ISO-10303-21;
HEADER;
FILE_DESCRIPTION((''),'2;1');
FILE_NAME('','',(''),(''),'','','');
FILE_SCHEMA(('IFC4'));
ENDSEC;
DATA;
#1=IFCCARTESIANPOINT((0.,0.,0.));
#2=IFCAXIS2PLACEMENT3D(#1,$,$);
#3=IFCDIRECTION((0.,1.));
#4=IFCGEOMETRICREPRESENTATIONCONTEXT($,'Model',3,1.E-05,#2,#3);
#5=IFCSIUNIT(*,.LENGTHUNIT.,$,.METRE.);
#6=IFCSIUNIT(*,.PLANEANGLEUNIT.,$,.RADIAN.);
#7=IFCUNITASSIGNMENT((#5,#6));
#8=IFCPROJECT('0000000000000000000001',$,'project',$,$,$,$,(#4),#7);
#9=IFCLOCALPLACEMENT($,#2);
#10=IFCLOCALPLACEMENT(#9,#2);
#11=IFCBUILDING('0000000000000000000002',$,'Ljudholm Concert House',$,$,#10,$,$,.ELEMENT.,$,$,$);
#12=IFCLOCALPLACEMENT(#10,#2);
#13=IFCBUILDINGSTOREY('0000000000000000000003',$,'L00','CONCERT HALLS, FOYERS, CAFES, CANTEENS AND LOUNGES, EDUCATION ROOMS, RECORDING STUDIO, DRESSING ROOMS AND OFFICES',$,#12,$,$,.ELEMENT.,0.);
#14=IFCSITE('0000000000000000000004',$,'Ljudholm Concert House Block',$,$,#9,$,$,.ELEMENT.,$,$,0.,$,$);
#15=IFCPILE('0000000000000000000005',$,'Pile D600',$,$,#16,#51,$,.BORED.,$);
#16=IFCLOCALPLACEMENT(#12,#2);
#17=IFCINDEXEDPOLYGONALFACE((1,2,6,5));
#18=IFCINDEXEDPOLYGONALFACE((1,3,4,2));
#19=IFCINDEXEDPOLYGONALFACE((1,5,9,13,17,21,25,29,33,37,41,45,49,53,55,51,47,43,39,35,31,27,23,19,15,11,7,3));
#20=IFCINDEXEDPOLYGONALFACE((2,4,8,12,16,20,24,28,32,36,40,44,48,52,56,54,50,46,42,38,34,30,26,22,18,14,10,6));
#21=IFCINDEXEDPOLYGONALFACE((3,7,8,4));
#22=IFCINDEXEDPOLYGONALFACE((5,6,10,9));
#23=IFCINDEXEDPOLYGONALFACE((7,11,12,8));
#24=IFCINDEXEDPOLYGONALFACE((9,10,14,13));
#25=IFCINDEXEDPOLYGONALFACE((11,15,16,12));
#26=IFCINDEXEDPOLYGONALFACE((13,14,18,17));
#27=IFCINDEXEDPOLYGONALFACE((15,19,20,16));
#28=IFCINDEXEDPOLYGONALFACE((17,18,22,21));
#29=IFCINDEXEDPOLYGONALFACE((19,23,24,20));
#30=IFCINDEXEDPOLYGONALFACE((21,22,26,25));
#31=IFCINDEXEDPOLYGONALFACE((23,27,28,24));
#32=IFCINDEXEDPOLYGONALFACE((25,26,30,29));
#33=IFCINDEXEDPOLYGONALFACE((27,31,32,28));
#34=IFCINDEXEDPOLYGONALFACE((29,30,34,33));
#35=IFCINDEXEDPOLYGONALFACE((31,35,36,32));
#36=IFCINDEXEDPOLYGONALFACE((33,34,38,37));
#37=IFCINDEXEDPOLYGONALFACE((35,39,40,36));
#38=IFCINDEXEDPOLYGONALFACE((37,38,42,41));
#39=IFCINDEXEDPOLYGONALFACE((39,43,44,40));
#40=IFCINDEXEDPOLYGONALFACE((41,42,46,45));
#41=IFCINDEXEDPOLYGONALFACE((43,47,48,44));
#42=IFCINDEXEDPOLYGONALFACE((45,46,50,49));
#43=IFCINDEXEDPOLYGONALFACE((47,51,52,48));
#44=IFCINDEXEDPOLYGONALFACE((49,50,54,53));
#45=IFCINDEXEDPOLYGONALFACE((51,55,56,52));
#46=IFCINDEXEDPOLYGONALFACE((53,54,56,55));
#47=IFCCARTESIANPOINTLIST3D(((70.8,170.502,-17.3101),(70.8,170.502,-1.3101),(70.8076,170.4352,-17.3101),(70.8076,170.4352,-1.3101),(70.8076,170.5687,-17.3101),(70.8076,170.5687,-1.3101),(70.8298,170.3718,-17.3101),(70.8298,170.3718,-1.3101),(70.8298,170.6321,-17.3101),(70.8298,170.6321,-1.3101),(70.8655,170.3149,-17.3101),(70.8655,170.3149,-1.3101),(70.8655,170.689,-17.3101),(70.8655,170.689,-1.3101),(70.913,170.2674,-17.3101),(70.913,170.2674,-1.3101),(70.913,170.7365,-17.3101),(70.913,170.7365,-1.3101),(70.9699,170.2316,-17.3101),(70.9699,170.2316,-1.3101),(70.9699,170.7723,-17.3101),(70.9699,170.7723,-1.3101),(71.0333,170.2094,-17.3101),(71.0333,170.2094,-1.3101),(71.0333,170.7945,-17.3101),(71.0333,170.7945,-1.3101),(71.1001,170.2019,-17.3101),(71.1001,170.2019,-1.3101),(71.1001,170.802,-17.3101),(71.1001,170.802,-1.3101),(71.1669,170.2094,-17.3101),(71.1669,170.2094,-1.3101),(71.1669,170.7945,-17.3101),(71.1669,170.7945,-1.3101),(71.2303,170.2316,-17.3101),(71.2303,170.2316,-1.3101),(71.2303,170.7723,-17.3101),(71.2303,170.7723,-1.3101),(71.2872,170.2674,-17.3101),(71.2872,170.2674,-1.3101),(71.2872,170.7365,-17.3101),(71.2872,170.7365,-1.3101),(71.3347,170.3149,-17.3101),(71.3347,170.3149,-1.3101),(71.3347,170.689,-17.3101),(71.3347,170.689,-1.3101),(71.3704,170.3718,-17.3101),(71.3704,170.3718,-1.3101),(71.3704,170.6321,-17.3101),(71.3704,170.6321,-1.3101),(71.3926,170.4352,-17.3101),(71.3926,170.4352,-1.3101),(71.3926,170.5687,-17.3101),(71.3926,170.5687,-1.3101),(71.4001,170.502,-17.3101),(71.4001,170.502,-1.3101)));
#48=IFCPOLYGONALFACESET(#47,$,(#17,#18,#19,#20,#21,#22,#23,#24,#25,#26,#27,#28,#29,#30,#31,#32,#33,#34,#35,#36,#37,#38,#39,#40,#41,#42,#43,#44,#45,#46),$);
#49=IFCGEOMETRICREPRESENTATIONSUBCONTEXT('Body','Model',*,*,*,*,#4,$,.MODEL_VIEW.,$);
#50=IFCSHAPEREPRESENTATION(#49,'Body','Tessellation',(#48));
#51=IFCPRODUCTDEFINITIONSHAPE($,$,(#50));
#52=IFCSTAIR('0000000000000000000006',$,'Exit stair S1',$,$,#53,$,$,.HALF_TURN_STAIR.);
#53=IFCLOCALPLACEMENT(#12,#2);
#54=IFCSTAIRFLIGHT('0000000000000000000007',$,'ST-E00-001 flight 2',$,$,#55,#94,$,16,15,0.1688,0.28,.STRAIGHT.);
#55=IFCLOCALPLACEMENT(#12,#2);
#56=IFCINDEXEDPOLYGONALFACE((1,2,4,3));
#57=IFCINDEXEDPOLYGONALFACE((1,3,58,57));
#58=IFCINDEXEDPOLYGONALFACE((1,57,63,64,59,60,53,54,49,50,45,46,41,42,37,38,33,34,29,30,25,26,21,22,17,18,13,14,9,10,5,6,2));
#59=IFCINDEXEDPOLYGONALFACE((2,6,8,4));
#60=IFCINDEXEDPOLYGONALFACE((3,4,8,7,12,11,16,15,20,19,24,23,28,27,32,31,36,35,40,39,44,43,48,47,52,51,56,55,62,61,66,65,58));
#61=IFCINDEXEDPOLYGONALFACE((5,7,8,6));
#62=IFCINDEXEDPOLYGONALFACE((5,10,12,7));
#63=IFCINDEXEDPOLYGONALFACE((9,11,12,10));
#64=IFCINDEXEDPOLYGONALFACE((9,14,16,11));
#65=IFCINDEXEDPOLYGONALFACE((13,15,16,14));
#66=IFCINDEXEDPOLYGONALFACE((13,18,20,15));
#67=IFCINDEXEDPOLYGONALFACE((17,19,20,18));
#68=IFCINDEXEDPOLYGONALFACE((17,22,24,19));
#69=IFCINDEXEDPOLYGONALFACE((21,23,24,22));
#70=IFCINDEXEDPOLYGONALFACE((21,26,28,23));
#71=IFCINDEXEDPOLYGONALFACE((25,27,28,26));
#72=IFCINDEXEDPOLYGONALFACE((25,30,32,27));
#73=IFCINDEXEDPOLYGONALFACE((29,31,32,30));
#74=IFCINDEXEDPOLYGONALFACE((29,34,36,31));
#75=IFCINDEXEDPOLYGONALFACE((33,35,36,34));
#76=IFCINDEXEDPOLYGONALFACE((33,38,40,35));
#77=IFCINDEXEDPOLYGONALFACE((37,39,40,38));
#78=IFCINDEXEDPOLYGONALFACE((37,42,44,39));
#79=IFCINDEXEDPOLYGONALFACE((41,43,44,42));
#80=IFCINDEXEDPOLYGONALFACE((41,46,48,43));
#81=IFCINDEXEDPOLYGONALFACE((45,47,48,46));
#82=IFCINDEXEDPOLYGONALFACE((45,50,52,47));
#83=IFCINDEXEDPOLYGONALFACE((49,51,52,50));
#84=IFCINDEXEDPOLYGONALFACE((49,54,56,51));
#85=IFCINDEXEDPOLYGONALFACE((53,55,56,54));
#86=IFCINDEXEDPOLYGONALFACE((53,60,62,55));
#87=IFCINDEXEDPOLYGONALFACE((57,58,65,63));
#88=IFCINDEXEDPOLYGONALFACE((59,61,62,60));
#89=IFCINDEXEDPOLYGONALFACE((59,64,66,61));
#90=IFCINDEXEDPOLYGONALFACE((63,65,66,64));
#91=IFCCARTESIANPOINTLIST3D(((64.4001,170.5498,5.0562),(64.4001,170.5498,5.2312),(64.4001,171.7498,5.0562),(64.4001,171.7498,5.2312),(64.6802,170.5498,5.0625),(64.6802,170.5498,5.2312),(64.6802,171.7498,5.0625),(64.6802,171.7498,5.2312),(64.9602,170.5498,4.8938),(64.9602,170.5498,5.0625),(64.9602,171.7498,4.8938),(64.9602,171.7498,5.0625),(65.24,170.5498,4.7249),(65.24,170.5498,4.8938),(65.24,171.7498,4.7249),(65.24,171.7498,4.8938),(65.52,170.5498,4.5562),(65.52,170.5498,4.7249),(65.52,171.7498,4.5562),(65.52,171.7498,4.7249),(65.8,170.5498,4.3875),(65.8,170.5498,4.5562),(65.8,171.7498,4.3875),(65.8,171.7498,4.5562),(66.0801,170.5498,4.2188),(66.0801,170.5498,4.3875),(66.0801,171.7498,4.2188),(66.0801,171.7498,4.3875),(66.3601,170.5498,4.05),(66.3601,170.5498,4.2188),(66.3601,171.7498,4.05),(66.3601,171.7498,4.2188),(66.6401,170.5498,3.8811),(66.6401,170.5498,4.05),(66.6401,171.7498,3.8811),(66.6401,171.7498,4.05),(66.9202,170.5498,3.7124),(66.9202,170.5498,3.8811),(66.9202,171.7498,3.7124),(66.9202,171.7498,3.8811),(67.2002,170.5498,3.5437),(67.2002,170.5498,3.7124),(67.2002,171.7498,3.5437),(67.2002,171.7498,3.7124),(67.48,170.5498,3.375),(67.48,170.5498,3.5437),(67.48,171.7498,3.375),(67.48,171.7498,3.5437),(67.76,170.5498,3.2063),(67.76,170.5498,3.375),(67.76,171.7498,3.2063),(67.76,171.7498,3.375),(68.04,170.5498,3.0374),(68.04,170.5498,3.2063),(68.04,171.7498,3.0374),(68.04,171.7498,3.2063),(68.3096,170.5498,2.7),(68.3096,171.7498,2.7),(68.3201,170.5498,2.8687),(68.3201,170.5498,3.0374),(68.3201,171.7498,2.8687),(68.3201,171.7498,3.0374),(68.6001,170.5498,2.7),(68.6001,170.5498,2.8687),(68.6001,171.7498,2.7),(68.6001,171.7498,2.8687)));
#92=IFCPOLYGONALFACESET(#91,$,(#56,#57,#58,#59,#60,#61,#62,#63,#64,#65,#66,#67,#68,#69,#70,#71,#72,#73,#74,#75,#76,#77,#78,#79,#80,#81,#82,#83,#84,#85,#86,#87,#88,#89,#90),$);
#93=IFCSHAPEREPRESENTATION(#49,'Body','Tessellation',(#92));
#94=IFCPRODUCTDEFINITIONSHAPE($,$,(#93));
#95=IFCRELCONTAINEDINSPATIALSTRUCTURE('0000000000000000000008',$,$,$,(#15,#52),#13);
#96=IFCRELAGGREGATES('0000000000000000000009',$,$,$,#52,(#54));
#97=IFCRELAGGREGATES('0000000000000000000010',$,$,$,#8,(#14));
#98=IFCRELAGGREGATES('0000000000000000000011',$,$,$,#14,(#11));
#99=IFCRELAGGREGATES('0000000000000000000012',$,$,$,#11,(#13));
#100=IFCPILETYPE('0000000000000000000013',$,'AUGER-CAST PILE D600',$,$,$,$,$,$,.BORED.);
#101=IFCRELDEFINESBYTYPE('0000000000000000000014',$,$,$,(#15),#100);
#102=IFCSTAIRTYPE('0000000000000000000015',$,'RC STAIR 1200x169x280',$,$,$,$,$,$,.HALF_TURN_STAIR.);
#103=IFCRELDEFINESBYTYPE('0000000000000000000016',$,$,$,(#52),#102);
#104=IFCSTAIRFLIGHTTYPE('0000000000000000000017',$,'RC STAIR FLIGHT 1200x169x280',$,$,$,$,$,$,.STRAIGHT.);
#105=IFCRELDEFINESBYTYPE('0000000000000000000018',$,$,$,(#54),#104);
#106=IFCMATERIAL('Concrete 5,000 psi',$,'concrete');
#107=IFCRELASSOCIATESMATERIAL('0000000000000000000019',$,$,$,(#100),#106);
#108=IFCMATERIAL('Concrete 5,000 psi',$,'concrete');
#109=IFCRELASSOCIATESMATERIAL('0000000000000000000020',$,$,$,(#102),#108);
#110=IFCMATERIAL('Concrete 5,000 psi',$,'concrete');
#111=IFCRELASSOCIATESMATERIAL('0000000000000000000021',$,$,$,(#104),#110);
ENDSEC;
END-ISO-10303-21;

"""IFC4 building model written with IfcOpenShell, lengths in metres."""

from ifc_helpers import new_model, si_unit, direction, frame, origin, origin_2d, place, context, subcontext, project, spatial, polyline, circle, outline, extrude, material, material_profile, profile_set, type_object, element, aggregate, save


model = new_model("IFC4")

# Units and contexts
model_context = context("Model", 3, precision=1e-05, world=origin(), true_north=direction((0.0, 1.0)))
body_context = subcontext(model_context, "Body", "Model", "MODEL_VIEW")
ifc_project = project(units=[si_unit("LENGTHUNIT", "METRE"), si_unit("PLANEANGLEUNIT", "RADIAN")], contexts=[model_context])

# Site, building, storey
site_placement = place(None, origin())
site = spatial("IfcSite", under=ifc_project, at=site_placement, Name="Ljudholm Concert House Block", CompositionType="ELEMENT", RefElevation=0.0)
building_placement = place(site_placement, origin())
building = spatial("IfcBuilding", under=site, at=building_placement, Name="Ljudholm Concert House", CompositionType="ELEMENT")
storey_placement = place(building_placement, origin())
storey = spatial("IfcBuildingStorey", under=building, at=storey_placement, Name="L00", Description="CONCERT HALLS, FOYERS, CAFES, CANTEENS AND LOUNGES, EDUCATION ROOMS, RECORDING STUDIO, DRESSING ROOMS AND OFFICES", CompositionType="ELEMENT", Elevation=0.0)

# Pile
ifc_material_1 = material(Name="Concrete 5,000 psi", Category="concrete")
ifc_material_profile = material_profile(ifc_material_1, circle(Radius=0.3, at=origin_2d()), Name="AUGER-CAST PILE D600")
ifc_profile_set = profile_set([ifc_material_profile], Name="Concrete 5,000 psi")
pile_type = type_object("IfcPileType", Name="AUGER-CAST PILE D600", PredefinedType="BORED", material=ifc_profile_set)
for number, where, z_axis, x_axis, name in (
    (1, (71.1001, 170.502, -1.3101), (0.0, 0.0, -1.0), (1.0, 0.0, 0.0), "Pile D600"),
):
    element("IfcPile", number, at=place(storey_placement, frame(where, z_axis=z_axis, x_axis=x_axis)), inside=storey, type_object=pile_type, Name=name, PredefinedType="BORED", context=body_context, shape_type="SweptSolid", body=[
        extrude(circle(Radius=0.3, at=origin_2d()), origin(), (0.0, 0.0, 1.0), 16.0),
    ])

# Stair, stair flight
ifc_material_2 = material(Name="Concrete 5,000 psi", Category="concrete")
stair_type = type_object("IfcStairType", Name="RC STAIR 1200x169x280", PredefinedType="HALF_TURN_STAIR", material=ifc_material_2)
stair_placement = place(storey_placement, origin())
stair = element("IfcStair", 2, at=stair_placement, inside=storey, type_object=stair_type, Name="Exit stair S1", PredefinedType="HALF_TURN_STAIR")
ifc_material_3 = material(Name="Concrete 5,000 psi", Category="concrete")
stair_flight_type = type_object("IfcStairFlightType", Name="RC STAIR FLIGHT 1200x169x280", PredefinedType="STRAIGHT", material=ifc_material_3)
stair_flight_placement = place(storey_placement, frame((68.6001, 171.1499, 2.7), z_axis=(0.0, 0.0, 1.0), x_axis=(-1.0, 0.0, 0.0)))
stair_flight = element("IfcStairFlight", 3, at=stair_flight_placement, type_object=stair_flight_type, Name="ST-E00-001 flight 2", NumberOfRisers=16, NumberOfTreads=15, PredefinedType="STRAIGHT", RiserHeight=0.1688, TreadLength=0.28, context=body_context, shape_type="SweptSolid", body=[
    extrude(outline(polyline([(0.0, 0.0), (0.0, 0.1687), (0.28, 0.1687), (0.28, 0.3374), (0.5601, 0.3374), (0.5601, 0.5063), (0.8401, 0.5063), (0.8401, 0.675), (1.1201, 0.675), (1.1201, 0.8438), (1.3999, 0.8438), (1.3999, 1.0125), (1.6799, 1.0125), (1.6799, 1.1812), (1.96, 1.1812), (1.96, 1.3501), (2.24, 1.3501), (2.24, 1.5188), (2.52, 1.5188), (2.52, 1.6875), (2.8, 1.6875), (2.8, 1.8562), (3.0801, 1.8562), (3.0801, 2.0249), (3.3601, 2.0249), (3.3601, 2.1938), (3.6399, 2.1938), (3.6399, 2.3625), (3.9199, 2.3625), (3.9199, 2.5312), (4.2, 2.5312), (4.2, 2.7), (4.2, 2.3562), (0.2905, 0.0), (0.0, 0.0)])), frame((0.0, 0.6001, 0.0), z_axis=(0.0, -1.0, 0.0), x_axis=(1.0, 0.0, 0.0)), (0.0, 0.0, 1.0), 1.2),
])
aggregate(stair, [stair_flight])

save(model, "model.ifc")
